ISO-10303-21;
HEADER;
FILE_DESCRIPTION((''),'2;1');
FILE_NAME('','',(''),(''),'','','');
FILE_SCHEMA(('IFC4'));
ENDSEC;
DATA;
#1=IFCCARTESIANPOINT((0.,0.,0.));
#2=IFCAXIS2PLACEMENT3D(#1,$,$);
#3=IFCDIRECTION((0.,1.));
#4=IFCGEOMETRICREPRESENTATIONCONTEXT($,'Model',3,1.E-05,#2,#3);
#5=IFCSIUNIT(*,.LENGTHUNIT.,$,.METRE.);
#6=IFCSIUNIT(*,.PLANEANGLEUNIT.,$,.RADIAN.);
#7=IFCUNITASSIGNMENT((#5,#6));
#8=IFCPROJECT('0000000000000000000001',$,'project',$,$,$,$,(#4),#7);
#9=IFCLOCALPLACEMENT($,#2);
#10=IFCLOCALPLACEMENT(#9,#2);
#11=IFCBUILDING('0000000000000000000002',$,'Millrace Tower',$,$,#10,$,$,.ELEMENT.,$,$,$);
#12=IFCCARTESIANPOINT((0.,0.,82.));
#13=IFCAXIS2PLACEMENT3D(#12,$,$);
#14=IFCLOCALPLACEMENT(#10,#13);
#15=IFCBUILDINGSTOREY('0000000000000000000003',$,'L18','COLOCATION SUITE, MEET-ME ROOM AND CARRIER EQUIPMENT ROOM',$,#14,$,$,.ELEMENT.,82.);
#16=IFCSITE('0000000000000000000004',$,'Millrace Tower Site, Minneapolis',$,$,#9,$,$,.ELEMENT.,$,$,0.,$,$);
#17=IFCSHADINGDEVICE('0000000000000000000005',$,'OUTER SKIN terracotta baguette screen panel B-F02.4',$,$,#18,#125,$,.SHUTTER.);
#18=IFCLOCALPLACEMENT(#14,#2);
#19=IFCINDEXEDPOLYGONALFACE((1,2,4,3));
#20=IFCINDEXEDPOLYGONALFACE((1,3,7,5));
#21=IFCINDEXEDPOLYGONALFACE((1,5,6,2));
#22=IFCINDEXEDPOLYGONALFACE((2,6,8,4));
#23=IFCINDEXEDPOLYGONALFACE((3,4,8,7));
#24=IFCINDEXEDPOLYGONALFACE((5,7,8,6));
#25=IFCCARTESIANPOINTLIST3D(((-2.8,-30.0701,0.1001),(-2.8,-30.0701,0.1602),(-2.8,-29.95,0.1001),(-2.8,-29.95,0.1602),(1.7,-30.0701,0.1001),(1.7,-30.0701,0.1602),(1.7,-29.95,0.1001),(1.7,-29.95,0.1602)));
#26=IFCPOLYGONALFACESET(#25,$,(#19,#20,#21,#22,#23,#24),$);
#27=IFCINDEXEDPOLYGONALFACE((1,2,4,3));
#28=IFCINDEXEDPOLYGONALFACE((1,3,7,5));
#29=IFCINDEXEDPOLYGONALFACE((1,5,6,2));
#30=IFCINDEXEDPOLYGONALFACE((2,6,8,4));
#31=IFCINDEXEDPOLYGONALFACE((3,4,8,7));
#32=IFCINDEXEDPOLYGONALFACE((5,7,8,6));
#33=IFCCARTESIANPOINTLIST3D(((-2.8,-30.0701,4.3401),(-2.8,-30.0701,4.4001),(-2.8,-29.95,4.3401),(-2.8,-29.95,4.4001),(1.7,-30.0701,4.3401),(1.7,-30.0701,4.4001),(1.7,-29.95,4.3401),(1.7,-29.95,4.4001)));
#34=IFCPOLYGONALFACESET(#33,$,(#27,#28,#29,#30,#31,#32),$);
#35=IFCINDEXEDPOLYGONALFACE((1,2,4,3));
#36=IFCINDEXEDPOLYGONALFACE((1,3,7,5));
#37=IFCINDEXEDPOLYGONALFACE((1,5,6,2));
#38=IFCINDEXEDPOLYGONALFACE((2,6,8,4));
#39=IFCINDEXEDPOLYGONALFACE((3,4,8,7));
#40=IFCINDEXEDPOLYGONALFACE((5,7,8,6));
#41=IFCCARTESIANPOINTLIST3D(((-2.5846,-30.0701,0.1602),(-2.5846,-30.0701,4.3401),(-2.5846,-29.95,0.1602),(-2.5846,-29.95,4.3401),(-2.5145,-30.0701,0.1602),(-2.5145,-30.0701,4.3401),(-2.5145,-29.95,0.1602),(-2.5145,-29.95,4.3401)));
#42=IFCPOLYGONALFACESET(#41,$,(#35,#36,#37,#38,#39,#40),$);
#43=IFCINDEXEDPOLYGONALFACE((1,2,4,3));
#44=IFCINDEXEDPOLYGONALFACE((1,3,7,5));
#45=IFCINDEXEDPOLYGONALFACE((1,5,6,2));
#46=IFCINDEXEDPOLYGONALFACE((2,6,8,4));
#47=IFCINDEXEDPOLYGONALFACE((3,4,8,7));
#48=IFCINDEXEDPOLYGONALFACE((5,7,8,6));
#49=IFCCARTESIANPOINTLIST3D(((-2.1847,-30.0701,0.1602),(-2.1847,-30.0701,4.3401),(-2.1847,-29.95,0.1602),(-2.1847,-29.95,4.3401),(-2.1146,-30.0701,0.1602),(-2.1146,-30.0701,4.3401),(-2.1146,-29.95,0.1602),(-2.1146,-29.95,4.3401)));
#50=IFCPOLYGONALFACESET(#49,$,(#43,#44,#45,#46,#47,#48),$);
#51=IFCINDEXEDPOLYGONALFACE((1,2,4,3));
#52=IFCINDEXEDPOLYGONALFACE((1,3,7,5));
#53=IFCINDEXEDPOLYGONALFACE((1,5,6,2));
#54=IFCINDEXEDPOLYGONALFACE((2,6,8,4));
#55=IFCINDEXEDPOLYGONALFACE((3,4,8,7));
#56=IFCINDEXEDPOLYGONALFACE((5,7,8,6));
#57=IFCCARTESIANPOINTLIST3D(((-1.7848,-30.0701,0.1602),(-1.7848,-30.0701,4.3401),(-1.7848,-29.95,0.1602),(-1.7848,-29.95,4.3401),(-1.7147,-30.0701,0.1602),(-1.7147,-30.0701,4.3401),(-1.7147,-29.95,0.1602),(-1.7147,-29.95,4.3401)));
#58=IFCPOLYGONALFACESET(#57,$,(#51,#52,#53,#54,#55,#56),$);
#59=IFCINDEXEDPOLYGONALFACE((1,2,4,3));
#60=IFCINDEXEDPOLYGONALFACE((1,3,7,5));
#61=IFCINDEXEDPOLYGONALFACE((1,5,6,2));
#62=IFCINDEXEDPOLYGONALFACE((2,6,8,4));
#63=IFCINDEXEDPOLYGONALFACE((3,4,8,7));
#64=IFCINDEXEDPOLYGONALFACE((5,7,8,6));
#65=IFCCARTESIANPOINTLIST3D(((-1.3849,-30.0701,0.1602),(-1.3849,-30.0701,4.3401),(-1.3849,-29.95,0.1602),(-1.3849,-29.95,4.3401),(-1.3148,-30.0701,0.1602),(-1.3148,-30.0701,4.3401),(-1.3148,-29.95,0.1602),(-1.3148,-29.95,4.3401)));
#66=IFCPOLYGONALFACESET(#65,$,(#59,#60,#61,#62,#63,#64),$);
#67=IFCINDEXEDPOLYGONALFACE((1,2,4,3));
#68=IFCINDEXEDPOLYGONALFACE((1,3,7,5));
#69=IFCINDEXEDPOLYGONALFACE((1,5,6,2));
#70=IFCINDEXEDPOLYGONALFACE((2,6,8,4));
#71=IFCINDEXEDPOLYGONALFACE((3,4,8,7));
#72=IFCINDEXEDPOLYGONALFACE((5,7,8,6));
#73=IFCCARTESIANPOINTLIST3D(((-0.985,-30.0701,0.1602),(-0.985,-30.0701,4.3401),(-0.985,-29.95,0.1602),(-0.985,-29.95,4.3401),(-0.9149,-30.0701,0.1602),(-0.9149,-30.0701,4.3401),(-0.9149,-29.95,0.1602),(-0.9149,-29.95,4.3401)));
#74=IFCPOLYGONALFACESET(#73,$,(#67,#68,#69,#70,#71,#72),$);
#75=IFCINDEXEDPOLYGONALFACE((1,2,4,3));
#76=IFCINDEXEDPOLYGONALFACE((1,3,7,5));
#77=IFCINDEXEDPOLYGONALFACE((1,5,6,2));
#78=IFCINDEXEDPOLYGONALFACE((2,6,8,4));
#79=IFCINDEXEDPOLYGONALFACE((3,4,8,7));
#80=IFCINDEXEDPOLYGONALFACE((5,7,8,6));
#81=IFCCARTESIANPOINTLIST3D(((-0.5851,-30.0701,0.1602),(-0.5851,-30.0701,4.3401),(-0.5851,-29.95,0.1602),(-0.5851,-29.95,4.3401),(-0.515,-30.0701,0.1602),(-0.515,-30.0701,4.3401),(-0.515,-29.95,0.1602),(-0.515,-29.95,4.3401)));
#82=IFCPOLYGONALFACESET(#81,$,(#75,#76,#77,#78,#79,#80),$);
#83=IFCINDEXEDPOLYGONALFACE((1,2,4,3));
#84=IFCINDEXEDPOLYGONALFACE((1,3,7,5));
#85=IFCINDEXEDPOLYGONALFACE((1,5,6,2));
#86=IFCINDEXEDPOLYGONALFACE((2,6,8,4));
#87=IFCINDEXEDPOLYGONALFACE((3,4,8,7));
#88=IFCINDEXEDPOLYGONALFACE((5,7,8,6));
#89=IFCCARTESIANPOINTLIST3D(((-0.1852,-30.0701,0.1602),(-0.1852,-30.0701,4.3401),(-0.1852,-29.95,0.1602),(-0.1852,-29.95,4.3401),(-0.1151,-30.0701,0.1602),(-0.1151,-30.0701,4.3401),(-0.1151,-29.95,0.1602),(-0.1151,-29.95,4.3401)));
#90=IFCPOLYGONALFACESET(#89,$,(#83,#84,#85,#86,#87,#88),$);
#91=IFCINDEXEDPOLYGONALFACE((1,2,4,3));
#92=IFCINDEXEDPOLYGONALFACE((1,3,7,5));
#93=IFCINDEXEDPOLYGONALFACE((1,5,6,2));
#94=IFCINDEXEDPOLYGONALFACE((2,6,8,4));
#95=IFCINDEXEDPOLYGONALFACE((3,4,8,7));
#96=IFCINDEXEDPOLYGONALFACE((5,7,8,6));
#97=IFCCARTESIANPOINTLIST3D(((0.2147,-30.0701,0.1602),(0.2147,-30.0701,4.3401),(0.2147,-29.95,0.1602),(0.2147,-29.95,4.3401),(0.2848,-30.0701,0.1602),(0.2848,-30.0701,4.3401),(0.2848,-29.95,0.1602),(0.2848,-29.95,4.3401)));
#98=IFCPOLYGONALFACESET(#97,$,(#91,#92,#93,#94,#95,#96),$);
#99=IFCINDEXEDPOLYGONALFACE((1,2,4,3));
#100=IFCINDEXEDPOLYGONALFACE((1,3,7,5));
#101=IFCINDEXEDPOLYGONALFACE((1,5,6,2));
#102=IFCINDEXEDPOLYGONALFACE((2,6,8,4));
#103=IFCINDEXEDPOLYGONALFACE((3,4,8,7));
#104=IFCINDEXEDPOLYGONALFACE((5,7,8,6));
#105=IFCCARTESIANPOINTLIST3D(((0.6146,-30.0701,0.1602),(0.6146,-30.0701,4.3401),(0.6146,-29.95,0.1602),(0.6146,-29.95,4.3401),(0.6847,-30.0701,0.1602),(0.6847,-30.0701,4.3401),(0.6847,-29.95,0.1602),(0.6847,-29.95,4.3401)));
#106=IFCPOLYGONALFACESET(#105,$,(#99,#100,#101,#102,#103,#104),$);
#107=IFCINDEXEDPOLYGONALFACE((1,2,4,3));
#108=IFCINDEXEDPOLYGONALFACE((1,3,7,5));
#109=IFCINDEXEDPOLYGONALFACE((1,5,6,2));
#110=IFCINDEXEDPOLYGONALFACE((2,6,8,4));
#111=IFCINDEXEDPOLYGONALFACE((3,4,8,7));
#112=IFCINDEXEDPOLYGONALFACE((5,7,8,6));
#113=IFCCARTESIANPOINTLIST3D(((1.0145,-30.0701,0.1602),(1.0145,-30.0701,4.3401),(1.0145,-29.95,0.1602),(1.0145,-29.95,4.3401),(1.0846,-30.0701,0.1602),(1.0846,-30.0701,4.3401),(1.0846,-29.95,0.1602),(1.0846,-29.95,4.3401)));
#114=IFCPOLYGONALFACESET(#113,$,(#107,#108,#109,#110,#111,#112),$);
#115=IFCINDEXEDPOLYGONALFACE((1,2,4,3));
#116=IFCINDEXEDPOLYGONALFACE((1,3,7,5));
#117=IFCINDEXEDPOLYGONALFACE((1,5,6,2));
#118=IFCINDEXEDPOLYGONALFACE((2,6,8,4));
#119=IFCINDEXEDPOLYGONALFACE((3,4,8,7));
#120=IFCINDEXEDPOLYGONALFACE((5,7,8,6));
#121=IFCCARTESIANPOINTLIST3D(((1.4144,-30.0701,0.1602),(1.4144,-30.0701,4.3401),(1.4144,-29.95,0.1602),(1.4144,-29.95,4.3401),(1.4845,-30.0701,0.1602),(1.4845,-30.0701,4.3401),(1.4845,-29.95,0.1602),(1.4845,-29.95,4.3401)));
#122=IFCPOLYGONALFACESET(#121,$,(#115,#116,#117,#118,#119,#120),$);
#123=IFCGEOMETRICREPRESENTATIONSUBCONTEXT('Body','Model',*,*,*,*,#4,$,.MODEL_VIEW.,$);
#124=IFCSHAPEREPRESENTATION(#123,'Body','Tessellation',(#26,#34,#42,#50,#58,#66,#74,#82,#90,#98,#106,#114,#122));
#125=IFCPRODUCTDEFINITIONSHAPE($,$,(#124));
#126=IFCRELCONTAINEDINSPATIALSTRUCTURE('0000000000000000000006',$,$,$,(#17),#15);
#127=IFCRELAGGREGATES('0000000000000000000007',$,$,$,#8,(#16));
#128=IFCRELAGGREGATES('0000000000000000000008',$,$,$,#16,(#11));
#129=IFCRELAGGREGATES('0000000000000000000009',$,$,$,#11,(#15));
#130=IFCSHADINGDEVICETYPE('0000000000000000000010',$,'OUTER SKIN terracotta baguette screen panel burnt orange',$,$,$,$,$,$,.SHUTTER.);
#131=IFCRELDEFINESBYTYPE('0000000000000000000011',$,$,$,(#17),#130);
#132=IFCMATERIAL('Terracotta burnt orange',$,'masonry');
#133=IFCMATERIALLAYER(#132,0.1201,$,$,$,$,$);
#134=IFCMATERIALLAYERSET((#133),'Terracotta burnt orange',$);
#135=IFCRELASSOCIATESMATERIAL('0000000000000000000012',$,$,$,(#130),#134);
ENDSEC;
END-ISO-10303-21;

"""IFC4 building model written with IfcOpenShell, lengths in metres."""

from ifc_helpers import new_model, entity, si_unit, direction, frame, frame_2d, origin, origin_2d, place, context, subcontext, project, spatial, rectangle, extrude, source, transform, mapped, material, layer, layer_set, type_object, element, save


model = new_model("IFC4")

# Units and contexts
model_context = context("Model", 3, precision=1e-05, world=origin(), true_north=direction((0.0, 1.0)))
body_context = subcontext(model_context, "Body", "Model", "MODEL_VIEW")
ifc_project = project(units=[si_unit("LENGTHUNIT", "METRE"), si_unit("PLANEANGLEUNIT", "RADIAN")], contexts=[model_context])

# Site, building, storey
site_placement = place(None, origin())
site = spatial("IfcSite", under=ifc_project, at=site_placement, Name="Millrace Tower Site, Minneapolis", CompositionType="ELEMENT", RefElevation=0.0)
building_placement = place(site_placement, origin())
building = spatial("IfcBuilding", under=site, at=building_placement, Name="Millrace Tower", CompositionType="ELEMENT")
storey_placement = place(building_placement, frame((0.0, 0.0, 82.0)))
storey = spatial("IfcBuildingStorey", under=building, at=storey_placement, Name="L18", Description="COLOCATION SUITE, MEET-ME ROOM AND CARRIER EQUIPMENT ROOM", CompositionType="ELEMENT", Elevation=82.0)

# Shading device
ifc_material_1 = material(Name="Terracotta burnt orange", Category="masonry")
ifc_layer_1 = layer(ifc_material_1, 0.1201)
ifc_layer_set_1 = layer_set([ifc_layer_1], Name="Terracotta burnt orange")
shading_device_type = type_object("IfcShadingDeviceType", Name="OUTER SKIN terracotta baguette screen panel burnt orange", PredefinedType="SHUTTER", material=ifc_layer_set_1)
cartesian_point_1 = entity("IfcCartesianPoint", [-2.25, 0.0601])
shared_polyline_1 = entity("IfcPolyline", [cartesian_point_1, entity("IfcCartesianPoint", [2.25, 0.0601]), entity("IfcCartesianPoint", [2.25, -0.0601]), entity("IfcCartesianPoint", [-2.25, -0.0601]), cartesian_point_1])
shared_shape_1 = source(origin(), body_context, "Body", "SweptSolid", [
    entity("IfcExtrudedAreaSolid", entity("IfcArbitraryClosedProfileDef", "AREA", None, shared_polyline_1), entity("IfcAxis2Placement3D", entity("IfcCartesianPoint", [0.0, 0.0, 0.0])), entity("IfcDirection", [0.0, 0.0, 1.0]), 0.0601),
    entity("IfcExtrudedAreaSolid", entity("IfcArbitraryClosedProfileDef", "AREA", None, shared_polyline_1), entity("IfcAxis2Placement3D", entity("IfcCartesianPoint", [0.0, 0.0, 4.24])), entity("IfcDirection", [0.0, 0.0, 1.0]), 0.0601),
    extrude(rectangle(XDim=0.0701, YDim=0.1201, at=frame_2d((-1.9995, 0.0))), frame((0.0, 0.0, 0.0601)), (0.0, 0.0, 1.0), 4.1799),
    extrude(rectangle(XDim=0.0701, YDim=0.1201, at=frame_2d((-1.5996, 0.0))), frame((0.0, 0.0, 0.0601)), (0.0, 0.0, 1.0), 4.1799),
    extrude(rectangle(XDim=0.0701, YDim=0.1201, at=frame_2d((-1.1997, 0.0))), frame((0.0, 0.0, 0.0601)), (0.0, 0.0, 1.0), 4.1799),
    extrude(rectangle(XDim=0.0701, YDim=0.1201, at=frame_2d((-0.7998, 0.0))), frame((0.0, 0.0, 0.0601)), (0.0, 0.0, 1.0), 4.1799),
    extrude(rectangle(XDim=0.0701, YDim=0.1201, at=frame_2d((-0.3999, 0.0))), frame((0.0, 0.0, 0.0601)), (0.0, 0.0, 1.0), 4.1799),
    extrude(rectangle(XDim=0.0701, YDim=0.1201, at=origin_2d()), frame((0.0, 0.0, 0.0601)), (0.0, 0.0, 1.0), 4.1799),
    extrude(rectangle(XDim=0.0701, YDim=0.1201, at=frame_2d((0.3999, 0.0))), frame((0.0, 0.0, 0.0601)), (0.0, 0.0, 1.0), 4.1799),
    extrude(rectangle(XDim=0.0701, YDim=0.1201, at=frame_2d((0.7998, 0.0))), frame((0.0, 0.0, 0.0601)), (0.0, 0.0, 1.0), 4.1799),
    extrude(rectangle(XDim=0.0701, YDim=0.1201, at=frame_2d((1.1997, 0.0))), frame((0.0, 0.0, 0.0601)), (0.0, 0.0, 1.0), 4.1799),
    extrude(rectangle(XDim=0.0701, YDim=0.1201, at=frame_2d((1.5996, 0.0))), frame((0.0, 0.0, 0.0601)), (0.0, 0.0, 1.0), 4.1799),
    extrude(rectangle(XDim=0.0701, YDim=0.1201, at=frame_2d((1.9995, 0.0))), frame((0.0, 0.0, 0.0601)), (0.0, 0.0, 1.0), 4.1799),
])
for number, where, z_axis, x_axis, name in (
    (1, (-0.55, -30.01, 0.1001), (0.0, 0.0, 1.0), (1.0, 0.0, 0.0), "OUTER SKIN terracotta baguette screen panel B-F02.4"),
):
    element("IfcShadingDevice", number, at=place(storey_placement, frame(where, z_axis=z_axis, x_axis=x_axis)), inside=storey, type_object=shading_device_type, Name=name, PredefinedType="SHUTTER", context=body_context, shape_type="MappedRepresentation", body=[
        mapped(shared_shape_1, transform((0.0, 0.0, 0.0), scale=1.0)),
    ])

save(model, "model.ifc")
